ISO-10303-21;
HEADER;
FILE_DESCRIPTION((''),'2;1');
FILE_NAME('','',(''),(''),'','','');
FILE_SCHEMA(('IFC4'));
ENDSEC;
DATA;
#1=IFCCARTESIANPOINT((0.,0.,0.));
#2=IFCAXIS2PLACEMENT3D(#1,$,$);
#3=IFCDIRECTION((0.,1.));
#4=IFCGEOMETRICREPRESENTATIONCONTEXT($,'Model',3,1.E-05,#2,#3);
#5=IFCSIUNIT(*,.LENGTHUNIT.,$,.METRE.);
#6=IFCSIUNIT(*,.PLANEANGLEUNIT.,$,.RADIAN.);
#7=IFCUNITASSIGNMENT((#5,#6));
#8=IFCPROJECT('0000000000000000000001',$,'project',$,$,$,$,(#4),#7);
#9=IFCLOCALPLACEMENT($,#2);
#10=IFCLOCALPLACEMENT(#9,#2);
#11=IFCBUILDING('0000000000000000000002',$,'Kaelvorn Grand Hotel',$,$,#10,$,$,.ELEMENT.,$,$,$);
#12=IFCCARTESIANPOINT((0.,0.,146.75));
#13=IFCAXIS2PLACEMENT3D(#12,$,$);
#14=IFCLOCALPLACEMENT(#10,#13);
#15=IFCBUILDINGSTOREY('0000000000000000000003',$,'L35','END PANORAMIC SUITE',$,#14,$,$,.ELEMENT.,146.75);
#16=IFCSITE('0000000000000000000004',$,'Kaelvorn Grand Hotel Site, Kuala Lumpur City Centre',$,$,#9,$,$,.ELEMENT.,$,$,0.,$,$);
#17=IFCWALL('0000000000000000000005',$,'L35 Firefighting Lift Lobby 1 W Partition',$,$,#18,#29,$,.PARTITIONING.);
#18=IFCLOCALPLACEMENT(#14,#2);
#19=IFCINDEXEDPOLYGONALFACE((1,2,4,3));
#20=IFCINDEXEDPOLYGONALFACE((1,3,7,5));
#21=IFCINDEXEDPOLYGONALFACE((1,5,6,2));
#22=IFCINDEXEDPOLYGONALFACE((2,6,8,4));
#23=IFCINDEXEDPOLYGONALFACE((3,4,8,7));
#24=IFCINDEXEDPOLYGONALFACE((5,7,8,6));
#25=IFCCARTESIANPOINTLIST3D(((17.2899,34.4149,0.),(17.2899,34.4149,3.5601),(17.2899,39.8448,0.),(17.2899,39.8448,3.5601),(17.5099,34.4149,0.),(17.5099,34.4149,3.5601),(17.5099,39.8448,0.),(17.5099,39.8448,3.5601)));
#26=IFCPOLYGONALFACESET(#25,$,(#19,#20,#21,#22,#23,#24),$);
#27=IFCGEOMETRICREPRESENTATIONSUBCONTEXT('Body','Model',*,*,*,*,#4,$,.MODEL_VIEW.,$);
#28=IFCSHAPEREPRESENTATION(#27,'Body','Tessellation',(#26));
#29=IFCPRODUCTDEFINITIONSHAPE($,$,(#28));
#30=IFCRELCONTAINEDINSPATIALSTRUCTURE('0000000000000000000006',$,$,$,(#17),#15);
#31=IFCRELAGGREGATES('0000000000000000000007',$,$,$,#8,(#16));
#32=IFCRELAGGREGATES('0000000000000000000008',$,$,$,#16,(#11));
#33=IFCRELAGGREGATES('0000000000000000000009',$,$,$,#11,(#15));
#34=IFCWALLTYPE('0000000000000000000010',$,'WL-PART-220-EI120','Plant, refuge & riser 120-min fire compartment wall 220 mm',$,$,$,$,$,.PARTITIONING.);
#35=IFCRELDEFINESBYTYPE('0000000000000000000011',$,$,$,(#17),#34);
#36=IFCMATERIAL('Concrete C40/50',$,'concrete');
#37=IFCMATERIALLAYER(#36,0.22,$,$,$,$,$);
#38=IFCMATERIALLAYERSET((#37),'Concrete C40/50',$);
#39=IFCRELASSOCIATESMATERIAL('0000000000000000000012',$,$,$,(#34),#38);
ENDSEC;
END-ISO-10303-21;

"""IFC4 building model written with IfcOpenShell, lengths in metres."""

from ifc_helpers import new_model, si_unit, direction, frame, frame_2d, origin, place, context, subcontext, project, spatial, rectangle, extrude, material, layer, layer_set, type_object, element, save


model = new_model("IFC4")

# Units and contexts
model_context = context("Model", 3, precision=1e-05, world=origin(), true_north=direction((0.0, 1.0)))
body_context = subcontext(model_context, "Body", "Model", "MODEL_VIEW")
ifc_project = project(units=[si_unit("LENGTHUNIT", "METRE"), si_unit("PLANEANGLEUNIT", "RADIAN")], contexts=[model_context])

# Site, building, storey
site_placement = place(None, origin())
site = spatial("IfcSite", under=ifc_project, at=site_placement, Name="Kaelvorn Grand Hotel Site, Kuala Lumpur City Centre", CompositionType="ELEMENT", RefElevation=0.0)
building_placement = place(site_placement, origin())
building = spatial("IfcBuilding", under=site, at=building_placement, Name="Kaelvorn Grand Hotel", CompositionType="ELEMENT")
storey_placement = place(building_placement, frame((0.0, 0.0, 146.75)))
storey = spatial("IfcBuildingStorey", under=building, at=storey_placement, Name="L35", Description="END PANORAMIC SUITE", CompositionType="ELEMENT", Elevation=146.75)

# Shared definitions
ifc_material_1 = material(Name="Concrete C40/50", Category="concrete")
ifc_layer_1 = layer(ifc_material_1, 0.22)
ifc_layer_set_1 = layer_set([ifc_layer_1], Name="Concrete C40/50")
wall_type_1 = type_object("IfcWallType", Name="WL-PART-220-EI120", Description="Plant, refuge & riser 120-min fire compartment wall 220 mm", PredefinedType="PARTITIONING", material=ifc_layer_set_1)

# Wall
wall_1_placement = place(storey_placement, frame((17.3999, 34.415, 0.0), z_axis=(0.0, 0.0, 1.0), x_axis=(0.0, 1.0, 0.0)))
element("IfcWall", 1, at=wall_1_placement, inside=storey, type_object=wall_type_1, Name="L35 Firefighting Lift Lobby 1 W Partition", PredefinedType="PARTITIONING", context=body_context, shape_type="SweptSolid", body=[
    extrude(rectangle(XDim=5.4299, YDim=0.22, at=frame_2d((2.7148, 0.0))), origin(), (0.0, 0.0, 1.0), 3.5601),
])

save(model, "model.ifc")
